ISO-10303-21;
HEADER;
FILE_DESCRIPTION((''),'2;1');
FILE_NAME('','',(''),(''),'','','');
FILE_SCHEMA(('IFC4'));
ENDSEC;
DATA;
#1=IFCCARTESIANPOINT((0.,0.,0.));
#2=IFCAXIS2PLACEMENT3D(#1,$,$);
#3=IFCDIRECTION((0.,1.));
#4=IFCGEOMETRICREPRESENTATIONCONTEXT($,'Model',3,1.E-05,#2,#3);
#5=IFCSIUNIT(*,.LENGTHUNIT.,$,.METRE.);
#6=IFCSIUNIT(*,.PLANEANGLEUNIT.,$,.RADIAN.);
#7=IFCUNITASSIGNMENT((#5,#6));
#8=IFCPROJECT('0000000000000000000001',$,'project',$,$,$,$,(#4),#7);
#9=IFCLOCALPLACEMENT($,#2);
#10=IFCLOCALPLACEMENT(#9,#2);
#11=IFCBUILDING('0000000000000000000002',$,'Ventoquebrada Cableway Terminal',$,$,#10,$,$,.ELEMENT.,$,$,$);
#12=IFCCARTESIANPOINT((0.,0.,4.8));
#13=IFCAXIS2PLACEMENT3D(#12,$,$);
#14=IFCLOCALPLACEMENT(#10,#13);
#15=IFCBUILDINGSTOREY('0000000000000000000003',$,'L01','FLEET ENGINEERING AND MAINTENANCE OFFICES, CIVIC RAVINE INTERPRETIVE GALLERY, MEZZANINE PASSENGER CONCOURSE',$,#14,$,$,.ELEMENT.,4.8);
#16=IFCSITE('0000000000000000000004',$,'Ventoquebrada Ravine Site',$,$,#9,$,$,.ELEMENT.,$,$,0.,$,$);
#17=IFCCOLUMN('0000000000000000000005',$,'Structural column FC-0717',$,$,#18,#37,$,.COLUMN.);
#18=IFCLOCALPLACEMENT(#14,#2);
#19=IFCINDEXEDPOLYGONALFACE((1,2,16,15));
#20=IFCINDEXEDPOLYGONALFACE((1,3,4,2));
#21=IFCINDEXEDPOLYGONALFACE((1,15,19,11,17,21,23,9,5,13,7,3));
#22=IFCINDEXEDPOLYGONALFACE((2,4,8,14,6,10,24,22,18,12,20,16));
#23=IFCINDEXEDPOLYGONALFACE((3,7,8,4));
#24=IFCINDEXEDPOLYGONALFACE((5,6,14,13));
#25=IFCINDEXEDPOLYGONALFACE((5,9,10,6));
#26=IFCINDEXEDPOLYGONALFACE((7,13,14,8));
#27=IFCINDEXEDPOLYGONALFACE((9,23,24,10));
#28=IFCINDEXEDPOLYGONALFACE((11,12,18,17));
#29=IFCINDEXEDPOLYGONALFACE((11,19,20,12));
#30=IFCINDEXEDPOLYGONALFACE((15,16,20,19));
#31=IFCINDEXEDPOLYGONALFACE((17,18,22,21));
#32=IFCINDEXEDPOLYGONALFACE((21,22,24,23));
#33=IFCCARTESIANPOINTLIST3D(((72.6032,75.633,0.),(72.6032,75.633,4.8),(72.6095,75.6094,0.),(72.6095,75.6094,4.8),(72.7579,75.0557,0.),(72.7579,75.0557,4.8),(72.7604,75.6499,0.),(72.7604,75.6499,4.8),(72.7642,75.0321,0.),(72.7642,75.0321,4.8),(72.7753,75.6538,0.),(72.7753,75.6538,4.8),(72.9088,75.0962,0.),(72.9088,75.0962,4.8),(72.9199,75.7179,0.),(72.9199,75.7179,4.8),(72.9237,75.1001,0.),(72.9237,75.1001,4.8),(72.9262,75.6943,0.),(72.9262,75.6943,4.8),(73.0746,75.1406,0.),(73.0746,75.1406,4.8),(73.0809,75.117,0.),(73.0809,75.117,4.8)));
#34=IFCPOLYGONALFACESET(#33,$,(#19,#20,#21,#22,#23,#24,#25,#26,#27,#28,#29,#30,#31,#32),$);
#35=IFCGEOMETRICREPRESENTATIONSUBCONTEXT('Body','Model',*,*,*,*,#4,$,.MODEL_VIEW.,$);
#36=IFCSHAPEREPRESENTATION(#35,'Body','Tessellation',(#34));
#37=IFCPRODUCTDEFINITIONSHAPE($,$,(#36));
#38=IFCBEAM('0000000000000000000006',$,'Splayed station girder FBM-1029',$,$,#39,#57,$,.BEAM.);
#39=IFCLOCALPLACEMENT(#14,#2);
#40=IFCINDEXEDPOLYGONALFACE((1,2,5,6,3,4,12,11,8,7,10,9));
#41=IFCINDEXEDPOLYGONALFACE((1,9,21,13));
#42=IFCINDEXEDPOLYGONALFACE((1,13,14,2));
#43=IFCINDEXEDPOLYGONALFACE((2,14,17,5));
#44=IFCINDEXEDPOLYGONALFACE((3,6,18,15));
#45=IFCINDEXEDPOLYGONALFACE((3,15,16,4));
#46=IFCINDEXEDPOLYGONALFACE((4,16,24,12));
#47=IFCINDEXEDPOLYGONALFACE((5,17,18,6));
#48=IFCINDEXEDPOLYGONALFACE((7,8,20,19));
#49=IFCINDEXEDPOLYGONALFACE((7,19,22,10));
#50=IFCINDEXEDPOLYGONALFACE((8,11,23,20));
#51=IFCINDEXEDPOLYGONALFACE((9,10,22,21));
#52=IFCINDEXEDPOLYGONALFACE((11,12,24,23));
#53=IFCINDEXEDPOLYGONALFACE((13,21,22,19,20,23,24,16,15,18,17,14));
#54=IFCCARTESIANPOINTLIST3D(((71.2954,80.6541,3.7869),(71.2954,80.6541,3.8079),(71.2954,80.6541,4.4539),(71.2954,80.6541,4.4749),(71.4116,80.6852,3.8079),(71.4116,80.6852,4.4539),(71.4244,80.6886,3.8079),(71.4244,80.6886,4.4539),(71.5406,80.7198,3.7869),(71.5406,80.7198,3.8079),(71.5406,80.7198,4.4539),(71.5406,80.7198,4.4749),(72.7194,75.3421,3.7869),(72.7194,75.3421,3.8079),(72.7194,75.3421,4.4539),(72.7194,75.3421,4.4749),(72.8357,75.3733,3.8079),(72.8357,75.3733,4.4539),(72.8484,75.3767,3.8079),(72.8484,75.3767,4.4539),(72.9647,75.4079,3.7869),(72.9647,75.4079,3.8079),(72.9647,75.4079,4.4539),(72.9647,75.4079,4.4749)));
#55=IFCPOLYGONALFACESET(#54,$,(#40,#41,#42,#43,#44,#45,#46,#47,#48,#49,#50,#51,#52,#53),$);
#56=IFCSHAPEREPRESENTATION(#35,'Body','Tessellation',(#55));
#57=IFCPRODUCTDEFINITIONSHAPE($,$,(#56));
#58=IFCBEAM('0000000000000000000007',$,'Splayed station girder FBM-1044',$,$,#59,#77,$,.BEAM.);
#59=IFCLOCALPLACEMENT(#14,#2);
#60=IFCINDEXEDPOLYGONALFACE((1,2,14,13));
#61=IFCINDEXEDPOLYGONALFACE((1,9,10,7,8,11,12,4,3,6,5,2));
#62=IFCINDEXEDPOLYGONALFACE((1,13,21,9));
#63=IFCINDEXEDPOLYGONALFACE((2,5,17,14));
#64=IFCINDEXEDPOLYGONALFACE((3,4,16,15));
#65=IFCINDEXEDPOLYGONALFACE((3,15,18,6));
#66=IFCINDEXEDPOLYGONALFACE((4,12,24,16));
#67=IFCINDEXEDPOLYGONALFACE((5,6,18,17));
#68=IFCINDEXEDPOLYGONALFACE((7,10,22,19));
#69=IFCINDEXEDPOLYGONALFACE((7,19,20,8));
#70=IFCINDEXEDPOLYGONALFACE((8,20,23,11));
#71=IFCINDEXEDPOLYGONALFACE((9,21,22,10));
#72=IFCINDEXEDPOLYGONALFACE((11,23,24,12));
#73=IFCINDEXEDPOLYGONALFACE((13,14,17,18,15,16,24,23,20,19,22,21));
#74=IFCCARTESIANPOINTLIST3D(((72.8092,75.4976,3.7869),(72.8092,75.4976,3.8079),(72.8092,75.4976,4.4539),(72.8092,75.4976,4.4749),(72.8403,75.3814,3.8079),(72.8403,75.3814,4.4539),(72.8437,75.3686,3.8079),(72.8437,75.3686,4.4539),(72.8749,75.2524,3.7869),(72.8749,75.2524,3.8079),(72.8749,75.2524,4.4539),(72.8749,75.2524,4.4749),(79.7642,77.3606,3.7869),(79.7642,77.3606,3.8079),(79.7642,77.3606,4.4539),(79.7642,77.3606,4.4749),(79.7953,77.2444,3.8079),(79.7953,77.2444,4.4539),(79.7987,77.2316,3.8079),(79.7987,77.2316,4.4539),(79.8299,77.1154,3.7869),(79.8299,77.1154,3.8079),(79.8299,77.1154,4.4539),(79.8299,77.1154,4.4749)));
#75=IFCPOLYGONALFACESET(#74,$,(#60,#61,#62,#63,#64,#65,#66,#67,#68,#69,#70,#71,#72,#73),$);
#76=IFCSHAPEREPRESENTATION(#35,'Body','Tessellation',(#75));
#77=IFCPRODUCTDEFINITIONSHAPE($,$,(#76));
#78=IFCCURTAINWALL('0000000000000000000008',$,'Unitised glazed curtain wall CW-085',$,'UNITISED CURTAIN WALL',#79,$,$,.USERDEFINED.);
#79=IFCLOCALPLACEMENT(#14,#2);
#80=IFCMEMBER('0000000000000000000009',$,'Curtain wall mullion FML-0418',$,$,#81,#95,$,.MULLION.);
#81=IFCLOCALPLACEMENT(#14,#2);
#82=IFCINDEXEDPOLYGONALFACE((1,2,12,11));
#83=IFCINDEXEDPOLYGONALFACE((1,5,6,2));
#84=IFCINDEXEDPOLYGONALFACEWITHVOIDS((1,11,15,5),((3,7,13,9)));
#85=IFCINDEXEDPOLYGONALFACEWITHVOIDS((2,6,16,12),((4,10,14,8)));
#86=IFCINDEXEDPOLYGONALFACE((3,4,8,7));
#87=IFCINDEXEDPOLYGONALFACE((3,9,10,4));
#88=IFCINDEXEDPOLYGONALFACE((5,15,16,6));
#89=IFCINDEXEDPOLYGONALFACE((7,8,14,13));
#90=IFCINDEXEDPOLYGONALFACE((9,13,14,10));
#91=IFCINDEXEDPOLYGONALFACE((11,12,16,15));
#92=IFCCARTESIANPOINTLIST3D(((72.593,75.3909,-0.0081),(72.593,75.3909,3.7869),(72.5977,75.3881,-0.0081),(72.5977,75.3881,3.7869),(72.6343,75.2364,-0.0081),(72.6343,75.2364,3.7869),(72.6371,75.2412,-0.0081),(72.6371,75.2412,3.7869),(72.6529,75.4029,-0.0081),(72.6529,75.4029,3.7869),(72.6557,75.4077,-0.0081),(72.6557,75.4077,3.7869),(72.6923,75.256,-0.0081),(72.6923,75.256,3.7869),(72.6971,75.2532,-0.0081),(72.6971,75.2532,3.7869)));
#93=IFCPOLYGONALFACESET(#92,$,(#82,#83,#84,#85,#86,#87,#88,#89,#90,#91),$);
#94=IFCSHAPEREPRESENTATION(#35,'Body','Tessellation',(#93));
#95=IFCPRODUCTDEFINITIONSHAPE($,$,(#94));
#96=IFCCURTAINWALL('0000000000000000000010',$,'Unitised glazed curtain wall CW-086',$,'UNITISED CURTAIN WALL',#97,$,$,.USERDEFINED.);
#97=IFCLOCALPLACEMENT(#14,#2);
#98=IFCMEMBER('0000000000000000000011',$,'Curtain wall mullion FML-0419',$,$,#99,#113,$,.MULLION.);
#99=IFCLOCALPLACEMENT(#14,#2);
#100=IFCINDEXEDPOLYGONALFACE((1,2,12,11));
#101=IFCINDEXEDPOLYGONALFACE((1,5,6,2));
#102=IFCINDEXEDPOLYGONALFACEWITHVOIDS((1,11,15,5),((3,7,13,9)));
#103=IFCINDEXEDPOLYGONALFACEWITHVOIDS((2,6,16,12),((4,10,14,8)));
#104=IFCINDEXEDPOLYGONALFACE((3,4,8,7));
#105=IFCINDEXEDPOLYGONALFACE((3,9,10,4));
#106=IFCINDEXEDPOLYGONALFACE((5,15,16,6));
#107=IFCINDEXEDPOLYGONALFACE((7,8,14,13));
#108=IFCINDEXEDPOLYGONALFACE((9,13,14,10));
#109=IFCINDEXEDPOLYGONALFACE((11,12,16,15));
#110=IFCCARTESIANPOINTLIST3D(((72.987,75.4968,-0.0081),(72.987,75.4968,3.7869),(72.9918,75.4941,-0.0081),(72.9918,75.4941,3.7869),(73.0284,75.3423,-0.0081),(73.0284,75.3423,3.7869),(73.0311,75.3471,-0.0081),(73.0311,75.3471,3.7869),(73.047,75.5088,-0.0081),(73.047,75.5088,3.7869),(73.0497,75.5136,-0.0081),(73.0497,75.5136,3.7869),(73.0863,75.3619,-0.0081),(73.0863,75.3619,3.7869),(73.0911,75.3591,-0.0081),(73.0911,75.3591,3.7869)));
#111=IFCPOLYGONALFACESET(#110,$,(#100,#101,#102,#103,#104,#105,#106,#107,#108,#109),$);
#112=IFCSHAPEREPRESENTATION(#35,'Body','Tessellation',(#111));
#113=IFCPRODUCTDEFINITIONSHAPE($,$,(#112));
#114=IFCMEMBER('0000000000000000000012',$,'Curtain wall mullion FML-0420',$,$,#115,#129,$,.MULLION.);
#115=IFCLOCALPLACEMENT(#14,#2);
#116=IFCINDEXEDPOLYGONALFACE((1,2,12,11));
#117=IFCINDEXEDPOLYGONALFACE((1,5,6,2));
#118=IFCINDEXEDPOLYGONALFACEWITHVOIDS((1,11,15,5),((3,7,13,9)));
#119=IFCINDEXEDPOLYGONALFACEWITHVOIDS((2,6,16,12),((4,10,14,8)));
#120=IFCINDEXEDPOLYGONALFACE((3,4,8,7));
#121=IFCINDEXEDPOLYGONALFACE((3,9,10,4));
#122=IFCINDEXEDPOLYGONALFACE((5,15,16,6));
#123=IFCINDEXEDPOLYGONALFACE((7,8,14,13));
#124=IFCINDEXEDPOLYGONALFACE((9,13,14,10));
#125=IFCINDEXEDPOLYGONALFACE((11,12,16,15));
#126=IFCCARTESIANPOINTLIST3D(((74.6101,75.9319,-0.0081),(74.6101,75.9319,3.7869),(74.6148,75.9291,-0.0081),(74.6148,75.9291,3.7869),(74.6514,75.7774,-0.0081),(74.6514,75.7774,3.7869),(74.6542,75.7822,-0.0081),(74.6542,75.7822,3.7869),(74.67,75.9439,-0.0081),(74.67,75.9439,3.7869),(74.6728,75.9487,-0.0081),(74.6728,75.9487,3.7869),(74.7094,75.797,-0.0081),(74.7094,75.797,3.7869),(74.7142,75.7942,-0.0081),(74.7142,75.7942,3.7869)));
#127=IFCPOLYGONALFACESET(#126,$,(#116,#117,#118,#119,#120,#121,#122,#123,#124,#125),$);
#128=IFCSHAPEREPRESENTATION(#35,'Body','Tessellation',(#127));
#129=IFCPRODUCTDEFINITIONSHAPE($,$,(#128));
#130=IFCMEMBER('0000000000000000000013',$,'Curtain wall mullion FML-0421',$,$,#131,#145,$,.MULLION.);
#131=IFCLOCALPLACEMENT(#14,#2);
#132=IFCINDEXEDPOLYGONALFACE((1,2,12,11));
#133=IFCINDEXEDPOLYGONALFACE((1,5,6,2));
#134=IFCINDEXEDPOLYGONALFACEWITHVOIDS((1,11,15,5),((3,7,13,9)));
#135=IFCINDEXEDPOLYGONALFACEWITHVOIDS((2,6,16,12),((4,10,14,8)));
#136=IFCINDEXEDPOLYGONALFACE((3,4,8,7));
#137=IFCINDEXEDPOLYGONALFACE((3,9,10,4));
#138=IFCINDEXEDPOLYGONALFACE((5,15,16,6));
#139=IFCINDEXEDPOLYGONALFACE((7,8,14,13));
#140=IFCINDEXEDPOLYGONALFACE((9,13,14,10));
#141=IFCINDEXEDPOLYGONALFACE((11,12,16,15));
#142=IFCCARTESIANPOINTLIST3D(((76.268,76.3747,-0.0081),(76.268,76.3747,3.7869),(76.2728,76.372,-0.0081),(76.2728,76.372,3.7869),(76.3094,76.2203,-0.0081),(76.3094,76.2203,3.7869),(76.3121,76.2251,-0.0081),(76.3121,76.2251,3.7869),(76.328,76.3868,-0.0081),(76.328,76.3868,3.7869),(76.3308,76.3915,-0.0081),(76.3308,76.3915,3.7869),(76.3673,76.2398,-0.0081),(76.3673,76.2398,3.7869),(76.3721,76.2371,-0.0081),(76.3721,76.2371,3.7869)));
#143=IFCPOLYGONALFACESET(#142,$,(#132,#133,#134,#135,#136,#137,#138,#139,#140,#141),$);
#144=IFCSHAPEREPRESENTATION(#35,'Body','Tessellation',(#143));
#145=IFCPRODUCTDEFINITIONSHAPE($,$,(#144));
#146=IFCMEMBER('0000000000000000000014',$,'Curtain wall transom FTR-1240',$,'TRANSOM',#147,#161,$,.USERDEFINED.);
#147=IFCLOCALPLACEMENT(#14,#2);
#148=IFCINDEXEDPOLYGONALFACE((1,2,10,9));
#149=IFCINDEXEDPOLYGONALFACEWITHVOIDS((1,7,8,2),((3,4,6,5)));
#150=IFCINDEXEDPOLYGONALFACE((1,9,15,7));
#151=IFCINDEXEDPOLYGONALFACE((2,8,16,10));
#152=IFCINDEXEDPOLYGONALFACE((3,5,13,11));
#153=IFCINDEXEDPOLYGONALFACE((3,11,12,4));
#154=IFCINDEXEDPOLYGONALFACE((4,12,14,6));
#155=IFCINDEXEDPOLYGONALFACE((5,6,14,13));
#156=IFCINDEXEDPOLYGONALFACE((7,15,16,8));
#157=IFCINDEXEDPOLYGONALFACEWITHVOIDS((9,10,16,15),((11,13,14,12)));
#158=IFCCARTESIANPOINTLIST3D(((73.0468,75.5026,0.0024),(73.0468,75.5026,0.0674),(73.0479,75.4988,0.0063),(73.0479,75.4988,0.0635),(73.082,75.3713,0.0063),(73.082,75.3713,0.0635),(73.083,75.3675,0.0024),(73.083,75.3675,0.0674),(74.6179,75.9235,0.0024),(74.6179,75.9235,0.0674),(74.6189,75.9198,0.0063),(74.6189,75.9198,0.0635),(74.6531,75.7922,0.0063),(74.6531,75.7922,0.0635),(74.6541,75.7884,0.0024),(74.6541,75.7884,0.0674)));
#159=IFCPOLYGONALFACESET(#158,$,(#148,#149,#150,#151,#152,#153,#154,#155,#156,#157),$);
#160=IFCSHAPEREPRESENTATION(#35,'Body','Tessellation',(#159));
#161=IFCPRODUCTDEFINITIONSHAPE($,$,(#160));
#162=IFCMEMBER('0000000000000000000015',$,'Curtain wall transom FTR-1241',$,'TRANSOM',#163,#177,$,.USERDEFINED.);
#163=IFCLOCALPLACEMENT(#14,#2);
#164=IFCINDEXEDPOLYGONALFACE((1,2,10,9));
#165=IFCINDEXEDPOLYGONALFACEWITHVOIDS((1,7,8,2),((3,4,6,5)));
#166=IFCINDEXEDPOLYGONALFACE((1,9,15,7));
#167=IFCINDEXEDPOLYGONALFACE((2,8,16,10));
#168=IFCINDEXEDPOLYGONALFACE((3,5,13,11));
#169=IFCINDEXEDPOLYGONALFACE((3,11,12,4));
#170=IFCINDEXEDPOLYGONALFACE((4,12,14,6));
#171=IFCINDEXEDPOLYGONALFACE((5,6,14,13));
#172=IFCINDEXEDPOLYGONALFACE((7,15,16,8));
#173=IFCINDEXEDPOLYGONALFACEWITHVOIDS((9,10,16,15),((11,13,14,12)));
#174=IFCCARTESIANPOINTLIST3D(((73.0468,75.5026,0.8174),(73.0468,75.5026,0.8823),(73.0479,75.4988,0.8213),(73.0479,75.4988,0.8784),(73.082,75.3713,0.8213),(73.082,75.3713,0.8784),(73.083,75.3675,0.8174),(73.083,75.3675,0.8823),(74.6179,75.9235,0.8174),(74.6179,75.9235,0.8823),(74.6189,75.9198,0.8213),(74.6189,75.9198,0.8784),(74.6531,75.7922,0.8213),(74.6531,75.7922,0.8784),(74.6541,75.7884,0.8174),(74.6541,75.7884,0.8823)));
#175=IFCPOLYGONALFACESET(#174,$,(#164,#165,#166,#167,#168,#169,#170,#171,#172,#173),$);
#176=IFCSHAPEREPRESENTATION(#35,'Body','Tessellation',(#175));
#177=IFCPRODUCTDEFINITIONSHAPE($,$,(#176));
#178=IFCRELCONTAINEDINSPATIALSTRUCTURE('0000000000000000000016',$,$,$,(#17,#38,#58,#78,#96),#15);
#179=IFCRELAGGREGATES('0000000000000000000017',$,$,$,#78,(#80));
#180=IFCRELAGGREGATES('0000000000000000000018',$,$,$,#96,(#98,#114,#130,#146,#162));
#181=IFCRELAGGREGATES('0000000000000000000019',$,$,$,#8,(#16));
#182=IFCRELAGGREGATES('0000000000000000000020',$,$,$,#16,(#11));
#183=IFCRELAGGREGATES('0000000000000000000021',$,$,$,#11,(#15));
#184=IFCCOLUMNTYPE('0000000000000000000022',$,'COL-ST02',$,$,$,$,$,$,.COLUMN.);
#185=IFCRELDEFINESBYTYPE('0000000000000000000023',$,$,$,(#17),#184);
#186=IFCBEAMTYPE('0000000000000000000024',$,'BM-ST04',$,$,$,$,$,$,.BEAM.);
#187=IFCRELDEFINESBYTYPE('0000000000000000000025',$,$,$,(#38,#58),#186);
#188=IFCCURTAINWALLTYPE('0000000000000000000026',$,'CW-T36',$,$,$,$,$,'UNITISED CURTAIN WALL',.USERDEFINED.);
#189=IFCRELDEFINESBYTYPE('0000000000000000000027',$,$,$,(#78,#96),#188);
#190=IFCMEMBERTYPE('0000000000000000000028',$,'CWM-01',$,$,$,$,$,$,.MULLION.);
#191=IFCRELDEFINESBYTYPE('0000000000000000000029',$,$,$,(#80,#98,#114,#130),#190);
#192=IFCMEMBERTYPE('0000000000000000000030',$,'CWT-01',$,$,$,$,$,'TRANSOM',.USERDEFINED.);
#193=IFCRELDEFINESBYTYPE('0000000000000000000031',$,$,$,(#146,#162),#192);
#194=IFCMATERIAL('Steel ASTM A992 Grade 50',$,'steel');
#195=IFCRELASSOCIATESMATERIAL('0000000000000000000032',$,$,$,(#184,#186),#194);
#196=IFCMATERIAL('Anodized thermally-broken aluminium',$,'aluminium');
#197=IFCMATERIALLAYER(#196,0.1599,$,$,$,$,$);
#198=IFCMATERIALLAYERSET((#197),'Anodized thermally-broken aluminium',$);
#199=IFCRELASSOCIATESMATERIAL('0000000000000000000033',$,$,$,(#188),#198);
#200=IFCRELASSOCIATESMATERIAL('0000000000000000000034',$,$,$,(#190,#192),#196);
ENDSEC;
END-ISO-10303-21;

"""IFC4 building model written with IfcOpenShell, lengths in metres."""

from ifc_helpers import new_model, si_unit, direction, frame, origin, origin_2d, place, context, subcontext, project, spatial, hollow_rectangle, i_section, extrude, material, layer, layer_set, material_profile, profile_set, type_object, element, aggregate, save


model = new_model("IFC4")

# Units and contexts
model_context = context("Model", 3, precision=1e-05, world=origin(), true_north=direction((0.0, 1.0)))
body_context = subcontext(model_context, "Body", "Model", "MODEL_VIEW")
ifc_project = project(units=[si_unit("LENGTHUNIT", "METRE"), si_unit("PLANEANGLEUNIT", "RADIAN")], contexts=[model_context])

# Site, building, storey
site_placement = place(None, origin())
site = spatial("IfcSite", under=ifc_project, at=site_placement, Name="Ventoquebrada Ravine Site", CompositionType="ELEMENT", RefElevation=0.0)
building_placement = place(site_placement, origin())
building = spatial("IfcBuilding", under=site, at=building_placement, Name="Ventoquebrada Cableway Terminal", CompositionType="ELEMENT")
storey_placement = place(building_placement, frame((0.0, 0.0, 4.8)))
storey = spatial("IfcBuildingStorey", under=building, at=storey_placement, Name="L01", Description="FLEET ENGINEERING AND MAINTENANCE OFFICES, CIVIC RAVINE INTERPRETIVE GALLERY, MEZZANINE PASSENGER CONCOURSE", CompositionType="ELEMENT", Elevation=4.8)

# Column
ifc_material_1 = material(Name="Steel ASTM A992 Grade 50", Category="steel")
ifc_material_profile_1 = material_profile(ifc_material_1, i_section(OverallWidth=0.3279, OverallDepth=0.6221, WebThickness=0.0154, FlangeThickness=0.0244, at=origin_2d()), Name="W24X131")
ifc_profile_set_1 = profile_set([ifc_material_profile_1], Name="Steel ASTM A992 Grade 50")
column_type = type_object("IfcColumnType", Name="COL-ST02", PredefinedType="COLUMN", material=ifc_profile_set_1)
column_placement = place(storey_placement, frame((72.842, 75.375, 0.0), z_axis=(0.0, 0.0, 1.0), x_axis=(0.965926, 0.258819, 0.0)))
element("IfcColumn", 1, at=column_placement, inside=storey, type_object=column_type, Name="Structural column FC-0717", PredefinedType="COLUMN", context=body_context, shape_type="SweptSolid", body=[
    extrude(i_section(OverallWidth=0.3279, OverallDepth=0.6221, WebThickness=0.0154, FlangeThickness=0.0244, at=origin_2d()), origin(), (0.0, 0.0, 1.0), 4.8),
])

# Beams
ifc_material_profile_2 = material_profile(ifc_material_1, i_section(OverallWidth=0.2539, OverallDepth=0.688, WebThickness=0.0132, FlangeThickness=0.021, at=origin_2d()), Name="W27X102")
ifc_profile_set_2 = profile_set([ifc_material_profile_2], Name="Steel ASTM A992 Grade 50")
beam_type = type_object("IfcBeamType", Name="BM-ST04", PredefinedType="BEAM", material=ifc_profile_set_2)
beam_1_placement = place(storey_placement, frame((72.842, 75.375, 4.1309), z_axis=(-0.258942, 0.965893, 0.0), x_axis=(-0.965893, -0.258942, 0.0)))
element("IfcBeam", 2, at=beam_1_placement, inside=storey, type_object=beam_type, Name="Splayed station girder FBM-1029", PredefinedType="BEAM", context=body_context, shape_type="SweptSolid", body=[
    extrude(i_section(OverallWidth=0.2539, OverallDepth=0.688, WebThickness=0.0132, FlangeThickness=0.021, at=origin_2d()), origin(), (0.0, 0.0, 1.0), 5.4995),
])
beam_2_placement = place(storey_placement, frame((72.842, 75.375, 4.1309), z_axis=(0.965946, 0.258745, 0.0), x_axis=(-0.258745, 0.965946, 0.0)))
element("IfcBeam", 3, at=beam_2_placement, inside=storey, type_object=beam_type, Name="Splayed station girder FBM-1044", PredefinedType="BEAM", context=body_context, shape_type="SweptSolid", body=[
    extrude(i_section(OverallWidth=0.2539, OverallDepth=0.688, WebThickness=0.0132, FlangeThickness=0.021, at=origin_2d()), origin(), (0.0, 0.0, 1.0), 7.2002),
])

# Curtain wall, member
ifc_material_2 = material(Name="Anodized thermally-broken aluminium", Category="aluminium")
ifc_layer_1 = layer(ifc_material_2, 0.1599)
ifc_layer_set_1 = layer_set([ifc_layer_1], Name="Anodized thermally-broken aluminium")
curtain_wall_type = type_object("IfcCurtainWallType", Name="CW-T36", ElementType="UNITISED CURTAIN WALL", PredefinedType="USERDEFINED", material=ifc_layer_set_1)
curtain_wall_1_placement = place(storey_placement, origin())
curtain_wall_1 = element("IfcCurtainWall", 4, at=curtain_wall_1_placement, inside=storey, type_object=curtain_wall_type, Name="Unitised glazed curtain wall CW-085", ObjectType="UNITISED CURTAIN WALL", PredefinedType="USERDEFINED")
ifc_material_profile_3 = material_profile(ifc_material_2, hollow_rectangle(XDim=0.0649, YDim=0.1599, WallThickness=0.0039, at=origin_2d()), Name="CW-MUL-65X160")
ifc_profile_set_3 = profile_set([ifc_material_profile_3], Name="Anodized thermally-broken aluminium")
member_type_1 = type_object("IfcMemberType", Name="CWM-01", PredefinedType="MULLION", material=ifc_profile_set_3)
member_1_placement = place(storey_placement, frame((72.645, 75.322, -0.0081), z_axis=(0.0, 0.0, 1.0), x_axis=(0.965935, 0.258785, 0.0)))
member_1 = element("IfcMember", 5, at=member_1_placement, type_object=member_type_1, Name="Curtain wall mullion FML-0418", PredefinedType="MULLION", context=body_context, shape_type="SweptSolid", body=[
    extrude(hollow_rectangle(XDim=0.0649, YDim=0.1599, WallThickness=0.0039, at=origin_2d()), origin(), (0.0, 0.0, 1.0), 3.7949),
])
aggregate(curtain_wall_1, [member_1])

# Curtain wall, members
curtain_wall_2_placement = place(storey_placement, origin())
curtain_wall_2 = element("IfcCurtainWall", 6, at=curtain_wall_2_placement, inside=storey, type_object=curtain_wall_type, Name="Unitised glazed curtain wall CW-086", ObjectType="UNITISED CURTAIN WALL", PredefinedType="USERDEFINED")
member_2_placement = place(storey_placement, frame((73.0391, 75.428, -0.0081), z_axis=(0.0, 0.0, 1.0), x_axis=(0.965971, 0.25865, 0.0)))
member_2 = element("IfcMember", 7, at=member_2_placement, type_object=member_type_1, Name="Curtain wall mullion FML-0419", PredefinedType="MULLION", context=body_context, shape_type="SweptSolid", body=[
    extrude(hollow_rectangle(XDim=0.0649, YDim=0.1599, WallThickness=0.0039, at=origin_2d()), origin(), (0.0, 0.0, 1.0), 3.7949),
])
member_3_placement = place(storey_placement, frame((74.6621, 75.863, -0.0081), z_axis=(0.0, 0.0, 1.0), x_axis=(0.965971, 0.25865, 0.0)))
member_3 = element("IfcMember", 8, at=member_3_placement, type_object=member_type_1, Name="Curtain wall mullion FML-0420", PredefinedType="MULLION", context=body_context, shape_type="SweptSolid", body=[
    extrude(hollow_rectangle(XDim=0.0649, YDim=0.1599, WallThickness=0.0039, at=origin_2d()), origin(), (0.0, 0.0, 1.0), 3.7949),
])
member_4_placement = place(storey_placement, frame((76.3201, 76.3059, -0.0081), z_axis=(0.0, 0.0, 1.0), x_axis=(0.965971, 0.25865, 0.0)))
member_4 = element("IfcMember", 9, at=member_4_placement, type_object=member_type_1, Name="Curtain wall mullion FML-0421", PredefinedType="MULLION", context=body_context, shape_type="SweptSolid", body=[
    extrude(hollow_rectangle(XDim=0.0649, YDim=0.1599, WallThickness=0.0039, at=origin_2d()), origin(), (0.0, 0.0, 1.0), 3.7949),
])
ifc_material_profile_4 = material_profile(ifc_material_2, hollow_rectangle(XDim=0.0649, YDim=0.1399, WallThickness=0.0039, at=origin_2d()), Name="CW-TRN-65X140")
ifc_profile_set_4 = profile_set([ifc_material_profile_4], Name="Anodized thermally-broken aluminium")
member_type_2 = type_object("IfcMemberType", Name="CWT-01", ElementType="TRANSOM", PredefinedType="USERDEFINED", material=ifc_profile_set_4)
member_5_placement = place(storey_placement, frame((73.0649, 75.4351, 0.0349), z_axis=(0.965935, 0.258784, 0.0), x_axis=(0.0, 0.0, 1.0)))
member_5 = element("IfcMember", 10, at=member_5_placement, type_object=member_type_2, Name="Curtain wall transom FTR-1240", ObjectType="TRANSOM", PredefinedType="USERDEFINED", context=body_context, shape_type="SweptSolid", body=[
    extrude(hollow_rectangle(XDim=0.0649, YDim=0.1399, WallThickness=0.0039, at=origin_2d()), origin(), (0.0, 0.0, 1.0), 1.6265),
])
member_6_placement = place(storey_placement, frame((73.0649, 75.4351, 0.8499), z_axis=(0.965935, 0.258784, 0.0), x_axis=(0.0, 0.0, 1.0)))
member_6 = element("IfcMember", 11, at=member_6_placement, type_object=member_type_2, Name="Curtain wall transom FTR-1241", ObjectType="TRANSOM", PredefinedType="USERDEFINED", context=body_context, shape_type="SweptSolid", body=[
    extrude(hollow_rectangle(XDim=0.0649, YDim=0.1399, WallThickness=0.0039, at=origin_2d()), origin(), (0.0, 0.0, 1.0), 1.6265),
])
aggregate(curtain_wall_2, [member_2, member_3, member_4, member_5, member_6])

save(model, "model.ifc")
